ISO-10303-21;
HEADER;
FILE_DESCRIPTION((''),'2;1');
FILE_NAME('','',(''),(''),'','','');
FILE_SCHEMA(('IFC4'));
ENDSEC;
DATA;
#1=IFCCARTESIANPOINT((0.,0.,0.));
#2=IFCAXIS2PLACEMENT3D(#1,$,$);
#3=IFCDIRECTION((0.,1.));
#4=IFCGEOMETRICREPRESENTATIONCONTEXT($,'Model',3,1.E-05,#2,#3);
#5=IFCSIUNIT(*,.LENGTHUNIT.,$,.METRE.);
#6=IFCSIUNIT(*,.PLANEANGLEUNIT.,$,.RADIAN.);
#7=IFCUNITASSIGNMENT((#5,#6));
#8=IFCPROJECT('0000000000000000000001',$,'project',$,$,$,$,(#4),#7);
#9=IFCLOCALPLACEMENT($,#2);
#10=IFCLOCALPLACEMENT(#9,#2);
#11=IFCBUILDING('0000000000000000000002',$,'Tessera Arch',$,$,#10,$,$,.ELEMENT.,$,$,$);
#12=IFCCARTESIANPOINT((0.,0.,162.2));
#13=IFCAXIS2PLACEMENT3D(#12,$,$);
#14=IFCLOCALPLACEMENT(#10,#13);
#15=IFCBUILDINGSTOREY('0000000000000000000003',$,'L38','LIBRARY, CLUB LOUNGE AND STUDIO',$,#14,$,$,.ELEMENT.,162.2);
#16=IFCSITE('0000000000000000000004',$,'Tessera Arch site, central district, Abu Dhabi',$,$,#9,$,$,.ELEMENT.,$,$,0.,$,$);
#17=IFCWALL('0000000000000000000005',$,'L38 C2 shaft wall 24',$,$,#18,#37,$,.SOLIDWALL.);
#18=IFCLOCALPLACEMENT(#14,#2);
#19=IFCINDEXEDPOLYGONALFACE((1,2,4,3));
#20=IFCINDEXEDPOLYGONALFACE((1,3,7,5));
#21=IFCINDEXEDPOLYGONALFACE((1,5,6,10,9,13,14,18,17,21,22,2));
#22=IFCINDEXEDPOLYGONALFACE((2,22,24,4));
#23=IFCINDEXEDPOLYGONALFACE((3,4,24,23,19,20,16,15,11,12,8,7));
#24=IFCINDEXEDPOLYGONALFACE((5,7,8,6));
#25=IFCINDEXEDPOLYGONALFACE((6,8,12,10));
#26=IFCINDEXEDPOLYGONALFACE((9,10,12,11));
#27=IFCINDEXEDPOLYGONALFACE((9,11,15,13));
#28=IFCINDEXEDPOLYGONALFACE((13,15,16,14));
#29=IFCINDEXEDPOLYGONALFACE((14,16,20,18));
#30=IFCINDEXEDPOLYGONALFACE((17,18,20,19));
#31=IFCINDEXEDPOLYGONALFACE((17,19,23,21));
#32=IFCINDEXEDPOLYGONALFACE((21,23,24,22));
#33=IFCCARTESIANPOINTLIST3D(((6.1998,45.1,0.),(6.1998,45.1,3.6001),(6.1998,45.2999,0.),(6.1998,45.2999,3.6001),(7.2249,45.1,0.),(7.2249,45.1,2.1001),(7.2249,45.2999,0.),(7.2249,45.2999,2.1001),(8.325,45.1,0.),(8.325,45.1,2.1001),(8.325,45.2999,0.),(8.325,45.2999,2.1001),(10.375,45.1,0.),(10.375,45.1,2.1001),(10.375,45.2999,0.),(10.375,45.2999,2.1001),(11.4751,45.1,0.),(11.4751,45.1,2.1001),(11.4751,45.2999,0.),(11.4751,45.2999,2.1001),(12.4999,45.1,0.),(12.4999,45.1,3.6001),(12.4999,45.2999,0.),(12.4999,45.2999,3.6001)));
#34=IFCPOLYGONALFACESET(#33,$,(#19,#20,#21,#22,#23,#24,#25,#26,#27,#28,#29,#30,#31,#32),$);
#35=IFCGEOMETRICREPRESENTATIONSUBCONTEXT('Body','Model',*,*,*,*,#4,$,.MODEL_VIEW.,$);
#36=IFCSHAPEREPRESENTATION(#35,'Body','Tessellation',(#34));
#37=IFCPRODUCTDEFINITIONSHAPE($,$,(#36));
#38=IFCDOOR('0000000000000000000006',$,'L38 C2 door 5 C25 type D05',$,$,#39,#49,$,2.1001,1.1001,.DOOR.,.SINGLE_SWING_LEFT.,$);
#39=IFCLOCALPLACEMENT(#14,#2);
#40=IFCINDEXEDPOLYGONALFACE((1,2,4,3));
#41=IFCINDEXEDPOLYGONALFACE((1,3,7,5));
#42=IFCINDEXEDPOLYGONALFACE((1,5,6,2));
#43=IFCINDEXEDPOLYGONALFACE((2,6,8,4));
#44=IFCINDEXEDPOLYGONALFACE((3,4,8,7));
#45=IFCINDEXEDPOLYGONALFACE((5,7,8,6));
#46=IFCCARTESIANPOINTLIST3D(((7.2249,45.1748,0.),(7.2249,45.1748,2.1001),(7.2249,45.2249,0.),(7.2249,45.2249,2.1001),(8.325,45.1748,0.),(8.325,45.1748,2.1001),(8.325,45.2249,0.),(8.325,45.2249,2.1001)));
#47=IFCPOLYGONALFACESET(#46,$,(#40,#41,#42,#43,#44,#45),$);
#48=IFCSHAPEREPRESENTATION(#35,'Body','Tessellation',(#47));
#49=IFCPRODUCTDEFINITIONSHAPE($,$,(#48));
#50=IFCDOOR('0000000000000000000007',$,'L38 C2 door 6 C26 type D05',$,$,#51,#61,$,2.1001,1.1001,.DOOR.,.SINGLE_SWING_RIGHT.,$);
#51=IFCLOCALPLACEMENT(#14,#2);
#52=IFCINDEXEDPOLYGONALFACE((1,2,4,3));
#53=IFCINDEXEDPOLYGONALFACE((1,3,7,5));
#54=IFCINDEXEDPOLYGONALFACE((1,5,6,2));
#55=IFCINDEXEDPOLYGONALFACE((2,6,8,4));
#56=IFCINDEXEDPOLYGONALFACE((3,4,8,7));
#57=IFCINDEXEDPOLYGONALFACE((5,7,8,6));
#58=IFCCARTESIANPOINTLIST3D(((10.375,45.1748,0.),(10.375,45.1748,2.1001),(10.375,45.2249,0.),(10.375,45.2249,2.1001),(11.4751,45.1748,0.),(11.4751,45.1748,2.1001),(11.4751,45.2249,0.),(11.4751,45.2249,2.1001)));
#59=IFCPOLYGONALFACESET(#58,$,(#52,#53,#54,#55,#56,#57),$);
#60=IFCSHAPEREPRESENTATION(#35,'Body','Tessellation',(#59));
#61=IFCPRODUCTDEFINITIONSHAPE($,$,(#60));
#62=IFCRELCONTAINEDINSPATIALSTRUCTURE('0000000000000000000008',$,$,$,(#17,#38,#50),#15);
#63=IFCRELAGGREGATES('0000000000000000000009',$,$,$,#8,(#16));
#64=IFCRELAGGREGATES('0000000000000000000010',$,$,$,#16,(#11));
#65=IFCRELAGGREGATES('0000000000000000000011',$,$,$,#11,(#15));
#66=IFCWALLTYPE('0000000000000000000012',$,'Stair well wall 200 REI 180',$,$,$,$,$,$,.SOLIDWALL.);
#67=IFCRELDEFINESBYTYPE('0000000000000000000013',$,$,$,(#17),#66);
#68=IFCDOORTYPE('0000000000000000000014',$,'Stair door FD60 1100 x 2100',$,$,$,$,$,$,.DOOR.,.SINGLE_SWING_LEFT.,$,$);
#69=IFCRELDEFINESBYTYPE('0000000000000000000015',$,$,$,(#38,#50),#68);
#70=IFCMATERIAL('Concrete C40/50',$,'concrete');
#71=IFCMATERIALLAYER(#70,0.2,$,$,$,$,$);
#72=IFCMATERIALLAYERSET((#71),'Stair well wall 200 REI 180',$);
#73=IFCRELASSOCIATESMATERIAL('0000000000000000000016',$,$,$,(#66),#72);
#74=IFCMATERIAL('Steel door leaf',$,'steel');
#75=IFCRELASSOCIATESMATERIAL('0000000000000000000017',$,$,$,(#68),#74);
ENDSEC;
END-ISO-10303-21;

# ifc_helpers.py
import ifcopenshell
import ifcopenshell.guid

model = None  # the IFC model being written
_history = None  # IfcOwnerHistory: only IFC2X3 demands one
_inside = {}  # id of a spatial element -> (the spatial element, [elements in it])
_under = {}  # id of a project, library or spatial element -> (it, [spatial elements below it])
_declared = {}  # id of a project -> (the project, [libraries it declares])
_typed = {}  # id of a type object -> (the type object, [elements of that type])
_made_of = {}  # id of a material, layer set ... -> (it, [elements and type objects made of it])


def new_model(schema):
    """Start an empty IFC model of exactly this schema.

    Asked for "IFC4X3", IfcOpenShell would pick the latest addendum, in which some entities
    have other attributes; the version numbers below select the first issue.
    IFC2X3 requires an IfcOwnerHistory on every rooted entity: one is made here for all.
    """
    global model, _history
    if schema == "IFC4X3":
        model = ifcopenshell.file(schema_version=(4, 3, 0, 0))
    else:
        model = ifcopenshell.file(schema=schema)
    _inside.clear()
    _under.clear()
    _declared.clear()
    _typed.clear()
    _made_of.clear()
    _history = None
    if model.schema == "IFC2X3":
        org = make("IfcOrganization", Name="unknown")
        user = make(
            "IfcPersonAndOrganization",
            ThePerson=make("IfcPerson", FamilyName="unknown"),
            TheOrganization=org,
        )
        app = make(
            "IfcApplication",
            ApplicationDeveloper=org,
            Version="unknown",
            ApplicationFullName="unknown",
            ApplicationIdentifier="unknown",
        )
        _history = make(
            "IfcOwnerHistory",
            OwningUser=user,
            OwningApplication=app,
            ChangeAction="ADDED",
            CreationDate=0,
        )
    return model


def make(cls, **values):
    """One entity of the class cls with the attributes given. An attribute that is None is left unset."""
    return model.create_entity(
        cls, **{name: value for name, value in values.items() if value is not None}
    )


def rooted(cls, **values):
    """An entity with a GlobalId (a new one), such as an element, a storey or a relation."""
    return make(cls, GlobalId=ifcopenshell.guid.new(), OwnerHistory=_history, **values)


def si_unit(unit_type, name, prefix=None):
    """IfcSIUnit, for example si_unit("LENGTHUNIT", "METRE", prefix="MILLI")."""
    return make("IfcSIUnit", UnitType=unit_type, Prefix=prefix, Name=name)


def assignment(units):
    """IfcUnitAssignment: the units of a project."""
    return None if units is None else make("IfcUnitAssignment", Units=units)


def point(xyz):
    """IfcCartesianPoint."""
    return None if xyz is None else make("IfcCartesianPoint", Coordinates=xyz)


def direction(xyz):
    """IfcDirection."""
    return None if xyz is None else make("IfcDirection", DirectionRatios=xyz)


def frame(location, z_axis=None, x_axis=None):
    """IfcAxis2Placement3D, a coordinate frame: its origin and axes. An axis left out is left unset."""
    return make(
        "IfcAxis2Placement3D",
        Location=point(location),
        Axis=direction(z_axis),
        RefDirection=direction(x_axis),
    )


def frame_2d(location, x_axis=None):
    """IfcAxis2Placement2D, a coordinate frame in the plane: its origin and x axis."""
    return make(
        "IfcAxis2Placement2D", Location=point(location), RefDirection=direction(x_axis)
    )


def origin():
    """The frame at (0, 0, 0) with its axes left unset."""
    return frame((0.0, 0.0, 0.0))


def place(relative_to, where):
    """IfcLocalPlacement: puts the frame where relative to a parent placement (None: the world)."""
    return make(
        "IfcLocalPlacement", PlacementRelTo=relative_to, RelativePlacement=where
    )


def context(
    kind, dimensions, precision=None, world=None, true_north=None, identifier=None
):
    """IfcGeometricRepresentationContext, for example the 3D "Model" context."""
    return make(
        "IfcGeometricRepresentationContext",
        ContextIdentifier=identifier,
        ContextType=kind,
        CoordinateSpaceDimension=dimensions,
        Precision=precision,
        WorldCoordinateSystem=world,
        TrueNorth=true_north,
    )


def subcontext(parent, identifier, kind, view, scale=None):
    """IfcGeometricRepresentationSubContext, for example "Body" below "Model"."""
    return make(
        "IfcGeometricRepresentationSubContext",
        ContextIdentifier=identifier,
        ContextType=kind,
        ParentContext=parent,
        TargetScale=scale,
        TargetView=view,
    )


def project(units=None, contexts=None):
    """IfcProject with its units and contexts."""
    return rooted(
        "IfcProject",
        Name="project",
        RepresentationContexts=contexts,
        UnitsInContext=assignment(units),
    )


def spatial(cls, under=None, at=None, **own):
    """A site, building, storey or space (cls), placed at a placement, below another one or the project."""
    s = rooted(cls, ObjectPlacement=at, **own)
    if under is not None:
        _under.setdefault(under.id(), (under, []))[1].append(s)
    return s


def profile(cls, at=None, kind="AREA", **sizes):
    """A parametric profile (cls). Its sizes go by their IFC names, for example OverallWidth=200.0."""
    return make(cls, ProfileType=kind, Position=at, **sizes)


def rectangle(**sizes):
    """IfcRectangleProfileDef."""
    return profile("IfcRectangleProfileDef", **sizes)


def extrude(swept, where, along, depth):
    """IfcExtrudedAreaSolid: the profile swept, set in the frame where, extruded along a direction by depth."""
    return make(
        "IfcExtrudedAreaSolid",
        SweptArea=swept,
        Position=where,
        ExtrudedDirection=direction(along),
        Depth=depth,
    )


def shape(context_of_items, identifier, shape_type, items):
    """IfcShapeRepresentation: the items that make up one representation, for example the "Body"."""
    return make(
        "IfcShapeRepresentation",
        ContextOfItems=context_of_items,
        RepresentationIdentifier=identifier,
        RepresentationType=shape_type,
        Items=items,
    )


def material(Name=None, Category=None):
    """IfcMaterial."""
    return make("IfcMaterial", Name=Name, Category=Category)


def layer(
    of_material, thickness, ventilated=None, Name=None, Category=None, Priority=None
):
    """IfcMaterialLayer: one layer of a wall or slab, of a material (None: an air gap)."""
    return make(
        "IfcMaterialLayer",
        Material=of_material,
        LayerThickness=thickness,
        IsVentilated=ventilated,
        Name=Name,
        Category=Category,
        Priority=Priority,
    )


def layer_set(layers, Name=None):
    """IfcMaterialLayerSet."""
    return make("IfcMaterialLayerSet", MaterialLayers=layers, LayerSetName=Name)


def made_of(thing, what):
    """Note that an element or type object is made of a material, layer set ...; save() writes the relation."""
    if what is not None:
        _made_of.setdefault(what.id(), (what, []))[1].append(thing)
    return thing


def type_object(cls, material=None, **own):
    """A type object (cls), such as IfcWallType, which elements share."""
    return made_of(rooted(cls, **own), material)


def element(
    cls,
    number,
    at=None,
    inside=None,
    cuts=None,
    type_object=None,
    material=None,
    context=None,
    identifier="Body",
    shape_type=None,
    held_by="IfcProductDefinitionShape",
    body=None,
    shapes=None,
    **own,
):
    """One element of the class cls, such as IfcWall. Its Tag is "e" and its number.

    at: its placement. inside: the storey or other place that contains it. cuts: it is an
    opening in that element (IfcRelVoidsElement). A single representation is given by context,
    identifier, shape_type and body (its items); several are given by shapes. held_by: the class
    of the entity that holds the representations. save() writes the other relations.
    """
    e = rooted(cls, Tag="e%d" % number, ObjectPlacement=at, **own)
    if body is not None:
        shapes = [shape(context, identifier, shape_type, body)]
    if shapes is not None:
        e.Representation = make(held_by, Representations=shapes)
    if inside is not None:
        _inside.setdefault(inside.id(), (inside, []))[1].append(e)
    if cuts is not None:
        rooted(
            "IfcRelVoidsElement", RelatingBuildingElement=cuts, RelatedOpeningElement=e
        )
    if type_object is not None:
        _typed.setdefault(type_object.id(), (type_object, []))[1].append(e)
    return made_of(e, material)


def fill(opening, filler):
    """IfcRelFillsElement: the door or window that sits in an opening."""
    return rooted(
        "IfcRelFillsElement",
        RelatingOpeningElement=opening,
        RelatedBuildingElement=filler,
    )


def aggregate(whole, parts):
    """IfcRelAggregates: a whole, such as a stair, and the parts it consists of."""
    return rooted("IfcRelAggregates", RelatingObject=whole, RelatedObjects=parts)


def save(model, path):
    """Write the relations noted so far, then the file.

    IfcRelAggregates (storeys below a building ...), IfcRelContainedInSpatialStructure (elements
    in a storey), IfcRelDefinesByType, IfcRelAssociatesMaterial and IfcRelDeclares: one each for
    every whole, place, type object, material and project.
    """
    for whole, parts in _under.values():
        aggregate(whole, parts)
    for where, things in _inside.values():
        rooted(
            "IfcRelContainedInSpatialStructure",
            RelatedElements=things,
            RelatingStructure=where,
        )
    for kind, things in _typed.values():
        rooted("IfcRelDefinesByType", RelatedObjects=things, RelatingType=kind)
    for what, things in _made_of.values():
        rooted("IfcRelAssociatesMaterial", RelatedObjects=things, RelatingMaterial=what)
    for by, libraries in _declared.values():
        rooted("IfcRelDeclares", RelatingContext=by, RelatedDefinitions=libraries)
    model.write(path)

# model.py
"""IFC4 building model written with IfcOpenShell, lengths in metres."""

from ifc_helpers import new_model, si_unit, direction, frame, frame_2d, origin, place, context, subcontext, project, spatial, rectangle, extrude, material, layer, layer_set, type_object, element, fill, save


model = new_model("IFC4")

# Units and contexts
model_context = context("Model", 3, precision=1e-05, world=origin(), true_north=direction((0.0, 1.0)))
body_context = subcontext(model_context, "Body", "Model", "MODEL_VIEW")
ifc_project = project(units=[si_unit("LENGTHUNIT", "METRE"), si_unit("PLANEANGLEUNIT", "RADIAN")], contexts=[model_context])

# Site, building, storey
site_placement = place(None, origin())
site = spatial("IfcSite", under=ifc_project, at=site_placement, Name="Tessera Arch site, central district, Abu Dhabi", CompositionType="ELEMENT", RefElevation=0.0)
building_placement = place(site_placement, origin())
building = spatial("IfcBuilding", under=site, at=building_placement, Name="Tessera Arch", CompositionType="ELEMENT")
storey_placement = place(building_placement, frame((0.0, 0.0, 162.2)))
storey = spatial("IfcBuildingStorey", under=building, at=storey_placement, Name="L38", Description="LIBRARY, CLUB LOUNGE AND STUDIO", CompositionType="ELEMENT", Elevation=162.2)

# Wall, openings, doors
ifc_material_1 = material(Name="Concrete C40/50", Category="concrete")
ifc_layer_1 = layer(ifc_material_1, 0.2)
ifc_layer_set_1 = layer_set([ifc_layer_1], Name="Stair well wall 200 REI 180")
wall_type_1 = type_object("IfcWallType", Name="Stair well wall 200 REI 180", PredefinedType="SOLIDWALL", material=ifc_layer_set_1)
wall_1_placement = place(storey_placement, frame((6.2, 45.2, 0.0), z_axis=(0.0, 0.0, 1.0), x_axis=(1.0, 0.0, 0.0)))
wall_1 = element("IfcWall", 1, at=wall_1_placement, inside=storey, type_object=wall_type_1, Name="L38 C2 shaft wall 24", PredefinedType="SOLIDWALL", context=body_context, shape_type="SweptSolid", body=[
    extrude(rectangle(XDim=6.3, YDim=0.2, at=frame_2d((3.1499, 0.0))), origin(), (0.0, 0.0, 1.0), 3.6001),
])
opening_1_placement = place(wall_1_placement, frame((1.0249, 0.0, 0.0)))
opening_1 = element("IfcOpeningElement", 2, at=opening_1_placement, cuts=wall_1, PredefinedType="OPENING", context=body_context, shape_type="SweptSolid", body=[
    extrude(rectangle(XDim=1.1001, YDim=2.1001, at=frame_2d((0.55, 1.05))), frame((0.0, 0.1099, 0.0), z_axis=(0.0, -1.0, 0.0), x_axis=(1.0, 0.0, 0.0)), (0.0, 0.0, 1.0), 0.22),
])
opening_2_placement = place(wall_1_placement, frame((4.175, 0.0, 0.0)))
opening_2 = element("IfcOpeningElement", 3, at=opening_2_placement, cuts=wall_1, PredefinedType="OPENING", context=body_context, shape_type="SweptSolid", body=[
    extrude(rectangle(XDim=1.1001, YDim=2.1001, at=frame_2d((0.55, 1.05))), frame((0.0, 0.1099, 0.0), z_axis=(0.0, -1.0, 0.0), x_axis=(1.0, 0.0, 0.0)), (0.0, 0.0, 1.0), 0.22),
])
ifc_material_2 = material(Name="Steel door leaf", Category="steel")
door_type_1 = type_object("IfcDoorType", Name="Stair door FD60 1100 x 2100", OperationType="SINGLE_SWING_LEFT", PredefinedType="DOOR", material=ifc_material_2)
door_1_placement = place(opening_1_placement, origin())
door_1 = element("IfcDoor", 4, at=door_1_placement, inside=storey, type_object=door_type_1, Name="L38 C2 door 5 C25 type D05", OperationType="SINGLE_SWING_LEFT", OverallHeight=2.1001, OverallWidth=1.1001, PredefinedType="DOOR", context=body_context, shape_type="SweptSolid", body=[
    extrude(rectangle(XDim=1.1001, YDim=2.1001, at=frame_2d((0.55, 1.05))), frame((0.0, 0.0249, 0.0), z_axis=(0.0, -1.0, 0.0), x_axis=(1.0, 0.0, 0.0)), (0.0, 0.0, 1.0), 0.05),
])
fill(opening_1, door_1)
door_2_placement = place(opening_2_placement, origin())
door_2 = element("IfcDoor", 5, at=door_2_placement, inside=storey, type_object=door_type_1, Name="L38 C2 door 6 C26 type D05", OperationType="SINGLE_SWING_RIGHT", OverallHeight=2.1001, OverallWidth=1.1001, PredefinedType="DOOR", context=body_context, shape_type="SweptSolid", body=[
    extrude(rectangle(XDim=1.1001, YDim=2.1001, at=frame_2d((0.55, 1.05))), frame((0.0, 0.0249, 0.0), z_axis=(0.0, -1.0, 0.0), x_axis=(1.0, 0.0, 0.0)), (0.0, 0.0, 1.0), 0.05),
])
fill(opening_2, door_2)

save(model, "model.ifc")
